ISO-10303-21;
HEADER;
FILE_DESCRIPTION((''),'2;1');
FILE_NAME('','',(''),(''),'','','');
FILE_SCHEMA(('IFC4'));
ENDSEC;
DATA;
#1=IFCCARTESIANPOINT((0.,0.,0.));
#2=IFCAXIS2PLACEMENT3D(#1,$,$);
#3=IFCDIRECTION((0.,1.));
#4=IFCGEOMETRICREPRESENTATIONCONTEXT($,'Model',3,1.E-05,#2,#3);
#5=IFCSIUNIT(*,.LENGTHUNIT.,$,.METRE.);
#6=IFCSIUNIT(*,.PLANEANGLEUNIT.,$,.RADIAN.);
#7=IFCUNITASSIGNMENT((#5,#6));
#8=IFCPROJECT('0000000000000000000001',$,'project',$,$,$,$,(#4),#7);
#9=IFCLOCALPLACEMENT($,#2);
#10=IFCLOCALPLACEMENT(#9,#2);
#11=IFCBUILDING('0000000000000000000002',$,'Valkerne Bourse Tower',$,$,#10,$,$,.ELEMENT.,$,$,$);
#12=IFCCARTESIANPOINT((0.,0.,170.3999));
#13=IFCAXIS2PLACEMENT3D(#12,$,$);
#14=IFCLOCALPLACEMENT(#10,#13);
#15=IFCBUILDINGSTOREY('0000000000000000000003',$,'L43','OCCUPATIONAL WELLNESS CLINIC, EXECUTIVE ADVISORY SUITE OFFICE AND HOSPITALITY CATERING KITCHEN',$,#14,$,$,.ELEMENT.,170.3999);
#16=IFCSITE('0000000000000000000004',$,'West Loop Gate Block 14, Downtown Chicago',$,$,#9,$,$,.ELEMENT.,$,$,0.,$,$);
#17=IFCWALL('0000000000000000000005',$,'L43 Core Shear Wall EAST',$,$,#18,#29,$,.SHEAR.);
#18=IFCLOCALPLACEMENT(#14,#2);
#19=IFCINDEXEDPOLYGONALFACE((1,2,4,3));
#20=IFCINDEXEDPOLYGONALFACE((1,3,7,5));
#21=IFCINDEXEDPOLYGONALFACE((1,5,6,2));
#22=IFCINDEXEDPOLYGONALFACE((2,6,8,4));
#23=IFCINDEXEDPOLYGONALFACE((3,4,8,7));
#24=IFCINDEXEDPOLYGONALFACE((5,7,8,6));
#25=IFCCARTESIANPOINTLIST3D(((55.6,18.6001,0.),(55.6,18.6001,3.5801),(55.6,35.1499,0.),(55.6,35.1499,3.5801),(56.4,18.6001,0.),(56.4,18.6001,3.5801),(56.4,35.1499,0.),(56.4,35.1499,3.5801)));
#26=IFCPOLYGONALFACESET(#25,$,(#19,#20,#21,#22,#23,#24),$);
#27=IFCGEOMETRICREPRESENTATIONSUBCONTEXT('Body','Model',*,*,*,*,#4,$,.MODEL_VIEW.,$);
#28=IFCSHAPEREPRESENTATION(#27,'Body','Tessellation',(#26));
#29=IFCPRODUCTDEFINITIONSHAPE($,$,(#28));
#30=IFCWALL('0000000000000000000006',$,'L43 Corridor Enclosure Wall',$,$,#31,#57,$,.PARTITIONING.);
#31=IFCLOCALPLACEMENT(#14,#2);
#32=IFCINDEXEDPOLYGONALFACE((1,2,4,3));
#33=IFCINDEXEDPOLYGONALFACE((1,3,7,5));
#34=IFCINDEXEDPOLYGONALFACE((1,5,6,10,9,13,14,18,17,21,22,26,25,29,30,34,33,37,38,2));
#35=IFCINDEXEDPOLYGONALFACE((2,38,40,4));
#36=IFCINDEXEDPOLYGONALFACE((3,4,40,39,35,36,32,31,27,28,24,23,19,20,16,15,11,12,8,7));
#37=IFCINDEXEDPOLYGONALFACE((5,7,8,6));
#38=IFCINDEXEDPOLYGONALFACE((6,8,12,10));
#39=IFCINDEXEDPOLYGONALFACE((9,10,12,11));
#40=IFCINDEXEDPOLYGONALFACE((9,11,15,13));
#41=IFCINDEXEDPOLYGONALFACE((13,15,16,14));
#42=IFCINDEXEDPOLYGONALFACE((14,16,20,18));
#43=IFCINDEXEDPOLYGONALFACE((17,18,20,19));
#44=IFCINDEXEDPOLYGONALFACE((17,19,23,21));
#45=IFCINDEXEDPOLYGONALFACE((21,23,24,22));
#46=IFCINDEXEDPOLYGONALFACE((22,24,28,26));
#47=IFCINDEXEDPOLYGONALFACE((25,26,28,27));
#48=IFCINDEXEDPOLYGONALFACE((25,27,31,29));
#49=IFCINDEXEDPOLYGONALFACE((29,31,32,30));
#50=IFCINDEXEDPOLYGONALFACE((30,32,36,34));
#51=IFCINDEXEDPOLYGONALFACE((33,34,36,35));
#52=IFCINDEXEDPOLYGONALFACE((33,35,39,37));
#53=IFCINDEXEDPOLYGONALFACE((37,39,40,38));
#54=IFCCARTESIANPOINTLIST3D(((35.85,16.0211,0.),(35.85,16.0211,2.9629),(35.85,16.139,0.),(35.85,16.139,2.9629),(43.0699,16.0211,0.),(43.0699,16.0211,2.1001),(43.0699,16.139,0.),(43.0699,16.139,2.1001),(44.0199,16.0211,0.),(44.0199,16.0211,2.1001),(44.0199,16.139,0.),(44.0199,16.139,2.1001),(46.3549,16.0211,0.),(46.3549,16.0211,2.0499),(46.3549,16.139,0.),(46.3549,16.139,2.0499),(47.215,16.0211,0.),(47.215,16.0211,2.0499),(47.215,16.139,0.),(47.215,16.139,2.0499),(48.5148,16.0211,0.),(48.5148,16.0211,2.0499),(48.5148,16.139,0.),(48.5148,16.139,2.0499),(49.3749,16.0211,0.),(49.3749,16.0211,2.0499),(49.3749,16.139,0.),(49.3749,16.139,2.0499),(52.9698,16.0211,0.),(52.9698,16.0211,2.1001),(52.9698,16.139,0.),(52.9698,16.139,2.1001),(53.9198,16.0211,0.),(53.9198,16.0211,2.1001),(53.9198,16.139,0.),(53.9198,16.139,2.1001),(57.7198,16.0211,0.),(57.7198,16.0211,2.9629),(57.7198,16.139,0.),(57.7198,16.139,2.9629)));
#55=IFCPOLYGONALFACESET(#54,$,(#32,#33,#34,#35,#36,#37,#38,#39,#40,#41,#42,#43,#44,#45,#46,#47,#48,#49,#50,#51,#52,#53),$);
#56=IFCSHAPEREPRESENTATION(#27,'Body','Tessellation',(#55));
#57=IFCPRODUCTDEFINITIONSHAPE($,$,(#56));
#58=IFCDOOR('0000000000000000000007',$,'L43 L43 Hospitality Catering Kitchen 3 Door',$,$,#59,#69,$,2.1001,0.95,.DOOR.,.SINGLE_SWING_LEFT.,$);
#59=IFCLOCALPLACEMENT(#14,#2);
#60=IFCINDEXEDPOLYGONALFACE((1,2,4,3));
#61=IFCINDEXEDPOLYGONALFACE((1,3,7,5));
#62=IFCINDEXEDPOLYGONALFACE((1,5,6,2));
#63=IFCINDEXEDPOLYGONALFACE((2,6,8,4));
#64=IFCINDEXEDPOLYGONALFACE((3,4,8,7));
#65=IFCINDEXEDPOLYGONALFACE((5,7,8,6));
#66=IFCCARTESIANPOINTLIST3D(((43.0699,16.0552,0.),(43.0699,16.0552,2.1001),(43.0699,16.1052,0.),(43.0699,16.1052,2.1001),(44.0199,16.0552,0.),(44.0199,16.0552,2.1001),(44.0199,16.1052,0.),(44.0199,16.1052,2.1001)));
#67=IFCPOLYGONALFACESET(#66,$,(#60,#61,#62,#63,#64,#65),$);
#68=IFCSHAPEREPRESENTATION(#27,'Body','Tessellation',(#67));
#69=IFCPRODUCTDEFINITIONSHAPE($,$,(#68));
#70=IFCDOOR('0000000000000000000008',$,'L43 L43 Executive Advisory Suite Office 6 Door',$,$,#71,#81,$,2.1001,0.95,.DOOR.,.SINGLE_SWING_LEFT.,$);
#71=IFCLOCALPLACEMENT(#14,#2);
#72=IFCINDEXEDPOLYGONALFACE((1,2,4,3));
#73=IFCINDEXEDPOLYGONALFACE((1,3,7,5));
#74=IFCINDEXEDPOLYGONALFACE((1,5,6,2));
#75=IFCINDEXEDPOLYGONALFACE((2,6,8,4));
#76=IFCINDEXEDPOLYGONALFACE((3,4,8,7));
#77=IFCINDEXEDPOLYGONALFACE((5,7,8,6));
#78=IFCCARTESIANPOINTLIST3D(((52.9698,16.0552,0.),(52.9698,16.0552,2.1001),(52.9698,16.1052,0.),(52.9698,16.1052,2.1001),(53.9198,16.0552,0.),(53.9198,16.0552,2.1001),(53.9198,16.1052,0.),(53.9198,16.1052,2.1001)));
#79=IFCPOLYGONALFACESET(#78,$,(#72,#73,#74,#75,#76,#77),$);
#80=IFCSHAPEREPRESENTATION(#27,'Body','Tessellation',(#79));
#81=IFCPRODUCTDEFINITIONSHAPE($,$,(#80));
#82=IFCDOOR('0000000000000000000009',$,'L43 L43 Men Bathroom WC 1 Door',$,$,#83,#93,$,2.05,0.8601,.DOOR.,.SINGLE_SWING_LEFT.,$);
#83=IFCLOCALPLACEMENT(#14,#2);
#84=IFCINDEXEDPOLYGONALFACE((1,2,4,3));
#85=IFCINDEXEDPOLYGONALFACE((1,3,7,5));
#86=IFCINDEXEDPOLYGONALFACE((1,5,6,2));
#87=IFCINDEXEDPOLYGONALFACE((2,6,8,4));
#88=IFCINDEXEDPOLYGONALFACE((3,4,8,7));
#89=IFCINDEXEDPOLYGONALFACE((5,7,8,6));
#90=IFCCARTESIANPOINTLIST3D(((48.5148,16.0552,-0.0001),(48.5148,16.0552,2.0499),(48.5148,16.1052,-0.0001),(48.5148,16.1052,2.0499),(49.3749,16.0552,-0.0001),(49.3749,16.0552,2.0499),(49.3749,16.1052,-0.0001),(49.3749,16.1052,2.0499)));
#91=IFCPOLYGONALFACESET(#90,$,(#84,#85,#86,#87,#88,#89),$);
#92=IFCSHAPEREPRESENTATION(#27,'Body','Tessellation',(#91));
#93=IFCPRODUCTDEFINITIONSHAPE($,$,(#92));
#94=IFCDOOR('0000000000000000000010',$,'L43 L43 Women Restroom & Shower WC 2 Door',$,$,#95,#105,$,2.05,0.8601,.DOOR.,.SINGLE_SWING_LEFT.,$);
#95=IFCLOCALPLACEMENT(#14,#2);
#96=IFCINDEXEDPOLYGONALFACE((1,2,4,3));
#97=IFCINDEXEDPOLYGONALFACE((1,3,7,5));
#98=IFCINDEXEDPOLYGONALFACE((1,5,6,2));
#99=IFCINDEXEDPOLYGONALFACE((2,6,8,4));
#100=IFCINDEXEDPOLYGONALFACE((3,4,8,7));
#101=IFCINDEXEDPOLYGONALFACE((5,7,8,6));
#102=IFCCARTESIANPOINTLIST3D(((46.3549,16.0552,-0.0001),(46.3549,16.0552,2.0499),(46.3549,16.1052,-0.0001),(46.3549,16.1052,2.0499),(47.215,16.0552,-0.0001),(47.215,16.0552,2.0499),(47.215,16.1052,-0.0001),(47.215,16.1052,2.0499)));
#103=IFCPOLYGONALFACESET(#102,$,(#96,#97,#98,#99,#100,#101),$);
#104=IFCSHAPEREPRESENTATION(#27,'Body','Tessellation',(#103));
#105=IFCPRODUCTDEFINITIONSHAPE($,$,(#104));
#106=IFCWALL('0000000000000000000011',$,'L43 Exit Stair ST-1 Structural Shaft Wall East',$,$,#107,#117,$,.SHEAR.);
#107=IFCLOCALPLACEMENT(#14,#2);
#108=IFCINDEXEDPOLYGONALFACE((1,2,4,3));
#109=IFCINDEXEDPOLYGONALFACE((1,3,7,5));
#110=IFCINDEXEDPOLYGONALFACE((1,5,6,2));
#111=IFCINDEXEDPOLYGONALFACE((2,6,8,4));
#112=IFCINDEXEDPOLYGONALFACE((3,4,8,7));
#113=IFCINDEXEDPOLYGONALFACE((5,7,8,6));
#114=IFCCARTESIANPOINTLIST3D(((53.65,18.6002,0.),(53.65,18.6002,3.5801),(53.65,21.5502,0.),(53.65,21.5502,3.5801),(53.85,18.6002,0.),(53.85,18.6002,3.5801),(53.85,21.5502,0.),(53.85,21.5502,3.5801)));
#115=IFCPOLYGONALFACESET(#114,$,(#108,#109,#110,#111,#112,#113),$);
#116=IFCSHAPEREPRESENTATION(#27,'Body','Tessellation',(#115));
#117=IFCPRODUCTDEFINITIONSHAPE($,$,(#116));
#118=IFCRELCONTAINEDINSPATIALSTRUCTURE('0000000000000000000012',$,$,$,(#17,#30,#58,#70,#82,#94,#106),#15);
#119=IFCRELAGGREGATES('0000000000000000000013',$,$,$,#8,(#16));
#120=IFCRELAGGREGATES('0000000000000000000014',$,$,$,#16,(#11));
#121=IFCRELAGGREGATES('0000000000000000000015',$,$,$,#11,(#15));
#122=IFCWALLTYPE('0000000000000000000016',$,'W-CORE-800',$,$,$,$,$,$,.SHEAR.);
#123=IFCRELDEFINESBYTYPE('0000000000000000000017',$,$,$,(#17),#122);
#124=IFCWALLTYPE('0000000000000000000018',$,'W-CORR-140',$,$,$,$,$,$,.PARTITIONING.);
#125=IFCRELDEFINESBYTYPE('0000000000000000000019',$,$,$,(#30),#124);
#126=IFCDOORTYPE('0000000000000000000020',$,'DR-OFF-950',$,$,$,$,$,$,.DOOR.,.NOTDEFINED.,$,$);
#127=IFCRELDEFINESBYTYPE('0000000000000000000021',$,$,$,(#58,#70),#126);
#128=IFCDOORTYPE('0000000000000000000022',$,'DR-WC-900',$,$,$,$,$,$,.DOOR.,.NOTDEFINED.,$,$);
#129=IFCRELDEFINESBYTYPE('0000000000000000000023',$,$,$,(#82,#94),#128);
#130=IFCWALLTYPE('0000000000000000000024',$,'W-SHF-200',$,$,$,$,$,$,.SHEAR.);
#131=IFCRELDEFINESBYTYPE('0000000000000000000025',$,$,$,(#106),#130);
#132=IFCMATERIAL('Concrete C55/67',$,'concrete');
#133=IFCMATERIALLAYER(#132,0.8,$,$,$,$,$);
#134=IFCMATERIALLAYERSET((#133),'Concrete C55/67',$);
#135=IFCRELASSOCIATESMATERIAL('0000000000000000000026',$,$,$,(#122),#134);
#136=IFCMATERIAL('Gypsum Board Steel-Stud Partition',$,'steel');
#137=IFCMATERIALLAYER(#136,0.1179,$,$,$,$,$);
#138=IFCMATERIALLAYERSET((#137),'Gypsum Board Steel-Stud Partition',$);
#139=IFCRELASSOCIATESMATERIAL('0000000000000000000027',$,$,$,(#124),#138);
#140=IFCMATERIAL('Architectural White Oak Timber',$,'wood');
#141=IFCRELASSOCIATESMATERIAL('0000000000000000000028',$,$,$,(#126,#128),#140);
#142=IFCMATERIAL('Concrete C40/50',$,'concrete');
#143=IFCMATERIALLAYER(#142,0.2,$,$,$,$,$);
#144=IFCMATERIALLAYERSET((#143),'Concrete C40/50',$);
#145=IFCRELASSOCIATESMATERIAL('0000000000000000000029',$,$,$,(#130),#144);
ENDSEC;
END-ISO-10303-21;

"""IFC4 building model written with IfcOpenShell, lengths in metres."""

from ifc_helpers import new_model, si_unit, direction, frame, frame_2d, origin, place, context, subcontext, project, spatial, rectangle, extrude, material, layer, layer_set, type_object, element, fill, save


model = new_model("IFC4")

# Units and contexts
model_context = context("Model", 3, precision=1e-05, world=origin(), true_north=direction((0.0, 1.0)))
body_context = subcontext(model_context, "Body", "Model", "MODEL_VIEW")
ifc_project = project(units=[si_unit("LENGTHUNIT", "METRE"), si_unit("PLANEANGLEUNIT", "RADIAN")], contexts=[model_context])

# Site, building, storey
site_placement = place(None, origin())
site = spatial("IfcSite", under=ifc_project, at=site_placement, Name="West Loop Gate Block 14, Downtown Chicago", CompositionType="ELEMENT", RefElevation=0.0)
building_placement = place(site_placement, origin())
building = spatial("IfcBuilding", under=site, at=building_placement, Name="Valkerne Bourse Tower", CompositionType="ELEMENT")
storey_placement = place(building_placement, frame((0.0, 0.0, 170.3999)))
storey = spatial("IfcBuildingStorey", under=building, at=storey_placement, Name="L43", Description="OCCUPATIONAL WELLNESS CLINIC, EXECUTIVE ADVISORY SUITE OFFICE AND HOSPITALITY CATERING KITCHEN", CompositionType="ELEMENT", Elevation=170.3999)

# Wall
ifc_material_1 = material(Name="Concrete C55/67", Category="concrete")
ifc_layer_1 = layer(ifc_material_1, 0.8)
ifc_layer_set_1 = layer_set([ifc_layer_1], Name="Concrete C55/67")
wall_type_1 = type_object("IfcWallType", Name="W-CORE-800", PredefinedType="SHEAR", material=ifc_layer_set_1)
wall_1_placement = place(storey_placement, frame((56.0, 18.6001, 0.0), z_axis=(0.0, 0.0, 1.0), x_axis=(0.0, 1.0, 0.0)))
element("IfcWall", 1, at=wall_1_placement, inside=storey, type_object=wall_type_1, Name="L43 Core Shear Wall EAST", PredefinedType="SHEAR", context=body_context, shape_type="SweptSolid", body=[
    extrude(rectangle(XDim=16.5498, YDim=0.8, at=frame_2d((8.2749, 0.0))), origin(), (0.0, 0.0, 1.0), 3.5801),
])

# Wall, openings, doors
ifc_material_2 = material(Name="Gypsum Board Steel-Stud Partition", Category="steel")
ifc_layer_2 = layer(ifc_material_2, 0.1179)
ifc_layer_set_2 = layer_set([ifc_layer_2], Name="Gypsum Board Steel-Stud Partition")
wall_type_2 = type_object("IfcWallType", Name="W-CORR-140", PredefinedType="PARTITIONING", material=ifc_layer_set_2)
wall_2_placement = place(storey_placement, frame((57.72, 16.0801, 0.0), z_axis=(0.0, 0.0, 1.0), x_axis=(-1.0, 0.0, 0.0)))
wall_2 = element("IfcWall", 2, at=wall_2_placement, inside=storey, type_object=wall_type_2, Name="L43 Corridor Enclosure Wall", PredefinedType="PARTITIONING", context=body_context, shape_type="SweptSolid", body=[
    extrude(rectangle(XDim=21.8699, YDim=0.1179, at=frame_2d((10.9351, 0.0))), origin(), (0.0, 0.0, 1.0), 2.9629),
])
opening_1_placement = place(wall_2_placement, frame((8.345, 0.0, 0.0)))
opening_1 = element("IfcOpeningElement", 3, at=opening_1_placement, cuts=wall_2, PredefinedType="OPENING", context=body_context, shape_type="SweptSolid", body=[
    extrude(rectangle(XDim=0.8601, YDim=2.05, at=frame_2d((0.4302, 1.0249))), frame((0.0, 0.0688, 0.0), z_axis=(0.0, -1.0, 0.0), x_axis=(1.0, 0.0, 0.0)), (0.0, 0.0, 1.0), 0.1379),
])
opening_2_placement = place(wall_2_placement, frame((10.5049, 0.0, 0.0)))
opening_2 = element("IfcOpeningElement", 4, at=opening_2_placement, cuts=wall_2, PredefinedType="OPENING", context=body_context, shape_type="SweptSolid", body=[
    extrude(rectangle(XDim=0.8601, YDim=2.05, at=frame_2d((0.4302, 1.0249))), frame((0.0, 0.0688, 0.0), z_axis=(0.0, -1.0, 0.0), x_axis=(1.0, 0.0, 0.0)), (0.0, 0.0, 1.0), 0.1379),
])
opening_3_placement = place(wall_2_placement, frame((13.7, 0.0, 0.0)))
opening_3 = element("IfcOpeningElement", 5, at=opening_3_placement, cuts=wall_2, PredefinedType="OPENING", context=body_context, shape_type="SweptSolid", body=[
    extrude(rectangle(XDim=0.95, YDim=2.1001, at=frame_2d((0.4751, 1.05))), frame((0.0, 0.0688, 0.0), z_axis=(0.0, -1.0, 0.0), x_axis=(1.0, 0.0, 0.0)), (0.0, 0.0, 1.0), 0.1379),
])
opening_4_placement = place(wall_2_placement, frame((3.8, 0.0, 0.0)))
opening_4 = element("IfcOpeningElement", 6, at=opening_4_placement, cuts=wall_2, PredefinedType="OPENING", context=body_context, shape_type="SweptSolid", body=[
    extrude(rectangle(XDim=0.95, YDim=2.1001, at=frame_2d((0.4751, 1.05))), frame((0.0, 0.0688, 0.0), z_axis=(0.0, -1.0, 0.0), x_axis=(1.0, 0.0, 0.0)), (0.0, 0.0, 1.0), 0.1379),
])
ifc_material_3 = material(Name="Architectural White Oak Timber", Category="wood")
door_type_1 = type_object("IfcDoorType", Name="DR-OFF-950", OperationType="NOTDEFINED", PredefinedType="DOOR", material=ifc_material_3)
door_1_placement = place(opening_3_placement, origin())
door_1 = element("IfcDoor", 7, at=door_1_placement, inside=storey, type_object=door_type_1, Name="L43 L43 Hospitality Catering Kitchen 3 Door", OperationType="SINGLE_SWING_LEFT", OverallHeight=2.1001, OverallWidth=0.95, PredefinedType="DOOR", context=body_context, shape_type="SweptSolid", body=[
    extrude(rectangle(XDim=0.95, YDim=2.1001, at=frame_2d((0.4751, 1.05))), frame((0.0, 0.0249, 0.0), z_axis=(0.0, -1.0, 0.0), x_axis=(1.0, 0.0, 0.0)), (0.0, 0.0, 1.0), 0.05),
])
fill(opening_3, door_1)
door_2_placement = place(opening_4_placement, origin())
door_2 = element("IfcDoor", 8, at=door_2_placement, inside=storey, type_object=door_type_1, Name="L43 L43 Executive Advisory Suite Office 6 Door", OperationType="SINGLE_SWING_LEFT", OverallHeight=2.1001, OverallWidth=0.95, PredefinedType="DOOR", context=body_context, shape_type="SweptSolid", body=[
    extrude(rectangle(XDim=0.95, YDim=2.1001, at=frame_2d((0.4751, 1.05))), frame((0.0, 0.0249, 0.0), z_axis=(0.0, -1.0, 0.0), x_axis=(1.0, 0.0, 0.0)), (0.0, 0.0, 1.0), 0.05),
])
fill(opening_4, door_2)
door_type_2 = type_object("IfcDoorType", Name="DR-WC-900", OperationType="NOTDEFINED", PredefinedType="DOOR", material=ifc_material_3)
door_3_placement = place(opening_1_placement, origin())
door_3 = element("IfcDoor", 9, at=door_3_placement, inside=storey, type_object=door_type_2, Name="L43 L43 Men Bathroom WC 1 Door", OperationType="SINGLE_SWING_LEFT", OverallHeight=2.05, OverallWidth=0.8601, PredefinedType="DOOR", context=body_context, shape_type="SweptSolid", body=[
    extrude(rectangle(XDim=0.8601, YDim=2.05, at=frame_2d((0.4302, 1.0249))), frame((0.0, 0.0249, 0.0), z_axis=(0.0, -1.0, 0.0), x_axis=(1.0, 0.0, 0.0)), (0.0, 0.0, 1.0), 0.05),
])
fill(opening_1, door_3)
door_4_placement = place(opening_2_placement, origin())
door_4 = element("IfcDoor", 10, at=door_4_placement, inside=storey, type_object=door_type_2, Name="L43 L43 Women Restroom & Shower WC 2 Door", OperationType="SINGLE_SWING_LEFT", OverallHeight=2.05, OverallWidth=0.8601, PredefinedType="DOOR", context=body_context, shape_type="SweptSolid", body=[
    extrude(rectangle(XDim=0.8601, YDim=2.05, at=frame_2d((0.4302, 1.0249))), frame((0.0, 0.0249, 0.0), z_axis=(0.0, -1.0, 0.0), x_axis=(1.0, 0.0, 0.0)), (0.0, 0.0, 1.0), 0.05),
])
fill(opening_2, door_4)

# Wall
ifc_material_4 = material(Name="Concrete C40/50", Category="concrete")
ifc_layer_3 = layer(ifc_material_4, 0.2)
ifc_layer_set_3 = layer_set([ifc_layer_3], Name="Concrete C40/50")
wall_type_3 = type_object("IfcWallType", Name="W-SHF-200", PredefinedType="SHEAR", material=ifc_layer_set_3)
wall_3_placement = place(storey_placement, frame((53.75, 18.6001, 0.0), z_axis=(0.0, 0.0, 1.0), x_axis=(0.0, 1.0, 0.0)))
element("IfcWall", 11, at=wall_3_placement, inside=storey, type_object=wall_type_3, Name="L43 Exit Stair ST-1 Structural Shaft Wall East", PredefinedType="SHEAR", context=body_context, shape_type="SweptSolid", body=[
    extrude(rectangle(XDim=2.95, YDim=0.2, at=frame_2d((1.4751, 0.0))), origin(), (0.0, 0.0, 1.0), 3.5801),
])

save(model, "model.ifc")
